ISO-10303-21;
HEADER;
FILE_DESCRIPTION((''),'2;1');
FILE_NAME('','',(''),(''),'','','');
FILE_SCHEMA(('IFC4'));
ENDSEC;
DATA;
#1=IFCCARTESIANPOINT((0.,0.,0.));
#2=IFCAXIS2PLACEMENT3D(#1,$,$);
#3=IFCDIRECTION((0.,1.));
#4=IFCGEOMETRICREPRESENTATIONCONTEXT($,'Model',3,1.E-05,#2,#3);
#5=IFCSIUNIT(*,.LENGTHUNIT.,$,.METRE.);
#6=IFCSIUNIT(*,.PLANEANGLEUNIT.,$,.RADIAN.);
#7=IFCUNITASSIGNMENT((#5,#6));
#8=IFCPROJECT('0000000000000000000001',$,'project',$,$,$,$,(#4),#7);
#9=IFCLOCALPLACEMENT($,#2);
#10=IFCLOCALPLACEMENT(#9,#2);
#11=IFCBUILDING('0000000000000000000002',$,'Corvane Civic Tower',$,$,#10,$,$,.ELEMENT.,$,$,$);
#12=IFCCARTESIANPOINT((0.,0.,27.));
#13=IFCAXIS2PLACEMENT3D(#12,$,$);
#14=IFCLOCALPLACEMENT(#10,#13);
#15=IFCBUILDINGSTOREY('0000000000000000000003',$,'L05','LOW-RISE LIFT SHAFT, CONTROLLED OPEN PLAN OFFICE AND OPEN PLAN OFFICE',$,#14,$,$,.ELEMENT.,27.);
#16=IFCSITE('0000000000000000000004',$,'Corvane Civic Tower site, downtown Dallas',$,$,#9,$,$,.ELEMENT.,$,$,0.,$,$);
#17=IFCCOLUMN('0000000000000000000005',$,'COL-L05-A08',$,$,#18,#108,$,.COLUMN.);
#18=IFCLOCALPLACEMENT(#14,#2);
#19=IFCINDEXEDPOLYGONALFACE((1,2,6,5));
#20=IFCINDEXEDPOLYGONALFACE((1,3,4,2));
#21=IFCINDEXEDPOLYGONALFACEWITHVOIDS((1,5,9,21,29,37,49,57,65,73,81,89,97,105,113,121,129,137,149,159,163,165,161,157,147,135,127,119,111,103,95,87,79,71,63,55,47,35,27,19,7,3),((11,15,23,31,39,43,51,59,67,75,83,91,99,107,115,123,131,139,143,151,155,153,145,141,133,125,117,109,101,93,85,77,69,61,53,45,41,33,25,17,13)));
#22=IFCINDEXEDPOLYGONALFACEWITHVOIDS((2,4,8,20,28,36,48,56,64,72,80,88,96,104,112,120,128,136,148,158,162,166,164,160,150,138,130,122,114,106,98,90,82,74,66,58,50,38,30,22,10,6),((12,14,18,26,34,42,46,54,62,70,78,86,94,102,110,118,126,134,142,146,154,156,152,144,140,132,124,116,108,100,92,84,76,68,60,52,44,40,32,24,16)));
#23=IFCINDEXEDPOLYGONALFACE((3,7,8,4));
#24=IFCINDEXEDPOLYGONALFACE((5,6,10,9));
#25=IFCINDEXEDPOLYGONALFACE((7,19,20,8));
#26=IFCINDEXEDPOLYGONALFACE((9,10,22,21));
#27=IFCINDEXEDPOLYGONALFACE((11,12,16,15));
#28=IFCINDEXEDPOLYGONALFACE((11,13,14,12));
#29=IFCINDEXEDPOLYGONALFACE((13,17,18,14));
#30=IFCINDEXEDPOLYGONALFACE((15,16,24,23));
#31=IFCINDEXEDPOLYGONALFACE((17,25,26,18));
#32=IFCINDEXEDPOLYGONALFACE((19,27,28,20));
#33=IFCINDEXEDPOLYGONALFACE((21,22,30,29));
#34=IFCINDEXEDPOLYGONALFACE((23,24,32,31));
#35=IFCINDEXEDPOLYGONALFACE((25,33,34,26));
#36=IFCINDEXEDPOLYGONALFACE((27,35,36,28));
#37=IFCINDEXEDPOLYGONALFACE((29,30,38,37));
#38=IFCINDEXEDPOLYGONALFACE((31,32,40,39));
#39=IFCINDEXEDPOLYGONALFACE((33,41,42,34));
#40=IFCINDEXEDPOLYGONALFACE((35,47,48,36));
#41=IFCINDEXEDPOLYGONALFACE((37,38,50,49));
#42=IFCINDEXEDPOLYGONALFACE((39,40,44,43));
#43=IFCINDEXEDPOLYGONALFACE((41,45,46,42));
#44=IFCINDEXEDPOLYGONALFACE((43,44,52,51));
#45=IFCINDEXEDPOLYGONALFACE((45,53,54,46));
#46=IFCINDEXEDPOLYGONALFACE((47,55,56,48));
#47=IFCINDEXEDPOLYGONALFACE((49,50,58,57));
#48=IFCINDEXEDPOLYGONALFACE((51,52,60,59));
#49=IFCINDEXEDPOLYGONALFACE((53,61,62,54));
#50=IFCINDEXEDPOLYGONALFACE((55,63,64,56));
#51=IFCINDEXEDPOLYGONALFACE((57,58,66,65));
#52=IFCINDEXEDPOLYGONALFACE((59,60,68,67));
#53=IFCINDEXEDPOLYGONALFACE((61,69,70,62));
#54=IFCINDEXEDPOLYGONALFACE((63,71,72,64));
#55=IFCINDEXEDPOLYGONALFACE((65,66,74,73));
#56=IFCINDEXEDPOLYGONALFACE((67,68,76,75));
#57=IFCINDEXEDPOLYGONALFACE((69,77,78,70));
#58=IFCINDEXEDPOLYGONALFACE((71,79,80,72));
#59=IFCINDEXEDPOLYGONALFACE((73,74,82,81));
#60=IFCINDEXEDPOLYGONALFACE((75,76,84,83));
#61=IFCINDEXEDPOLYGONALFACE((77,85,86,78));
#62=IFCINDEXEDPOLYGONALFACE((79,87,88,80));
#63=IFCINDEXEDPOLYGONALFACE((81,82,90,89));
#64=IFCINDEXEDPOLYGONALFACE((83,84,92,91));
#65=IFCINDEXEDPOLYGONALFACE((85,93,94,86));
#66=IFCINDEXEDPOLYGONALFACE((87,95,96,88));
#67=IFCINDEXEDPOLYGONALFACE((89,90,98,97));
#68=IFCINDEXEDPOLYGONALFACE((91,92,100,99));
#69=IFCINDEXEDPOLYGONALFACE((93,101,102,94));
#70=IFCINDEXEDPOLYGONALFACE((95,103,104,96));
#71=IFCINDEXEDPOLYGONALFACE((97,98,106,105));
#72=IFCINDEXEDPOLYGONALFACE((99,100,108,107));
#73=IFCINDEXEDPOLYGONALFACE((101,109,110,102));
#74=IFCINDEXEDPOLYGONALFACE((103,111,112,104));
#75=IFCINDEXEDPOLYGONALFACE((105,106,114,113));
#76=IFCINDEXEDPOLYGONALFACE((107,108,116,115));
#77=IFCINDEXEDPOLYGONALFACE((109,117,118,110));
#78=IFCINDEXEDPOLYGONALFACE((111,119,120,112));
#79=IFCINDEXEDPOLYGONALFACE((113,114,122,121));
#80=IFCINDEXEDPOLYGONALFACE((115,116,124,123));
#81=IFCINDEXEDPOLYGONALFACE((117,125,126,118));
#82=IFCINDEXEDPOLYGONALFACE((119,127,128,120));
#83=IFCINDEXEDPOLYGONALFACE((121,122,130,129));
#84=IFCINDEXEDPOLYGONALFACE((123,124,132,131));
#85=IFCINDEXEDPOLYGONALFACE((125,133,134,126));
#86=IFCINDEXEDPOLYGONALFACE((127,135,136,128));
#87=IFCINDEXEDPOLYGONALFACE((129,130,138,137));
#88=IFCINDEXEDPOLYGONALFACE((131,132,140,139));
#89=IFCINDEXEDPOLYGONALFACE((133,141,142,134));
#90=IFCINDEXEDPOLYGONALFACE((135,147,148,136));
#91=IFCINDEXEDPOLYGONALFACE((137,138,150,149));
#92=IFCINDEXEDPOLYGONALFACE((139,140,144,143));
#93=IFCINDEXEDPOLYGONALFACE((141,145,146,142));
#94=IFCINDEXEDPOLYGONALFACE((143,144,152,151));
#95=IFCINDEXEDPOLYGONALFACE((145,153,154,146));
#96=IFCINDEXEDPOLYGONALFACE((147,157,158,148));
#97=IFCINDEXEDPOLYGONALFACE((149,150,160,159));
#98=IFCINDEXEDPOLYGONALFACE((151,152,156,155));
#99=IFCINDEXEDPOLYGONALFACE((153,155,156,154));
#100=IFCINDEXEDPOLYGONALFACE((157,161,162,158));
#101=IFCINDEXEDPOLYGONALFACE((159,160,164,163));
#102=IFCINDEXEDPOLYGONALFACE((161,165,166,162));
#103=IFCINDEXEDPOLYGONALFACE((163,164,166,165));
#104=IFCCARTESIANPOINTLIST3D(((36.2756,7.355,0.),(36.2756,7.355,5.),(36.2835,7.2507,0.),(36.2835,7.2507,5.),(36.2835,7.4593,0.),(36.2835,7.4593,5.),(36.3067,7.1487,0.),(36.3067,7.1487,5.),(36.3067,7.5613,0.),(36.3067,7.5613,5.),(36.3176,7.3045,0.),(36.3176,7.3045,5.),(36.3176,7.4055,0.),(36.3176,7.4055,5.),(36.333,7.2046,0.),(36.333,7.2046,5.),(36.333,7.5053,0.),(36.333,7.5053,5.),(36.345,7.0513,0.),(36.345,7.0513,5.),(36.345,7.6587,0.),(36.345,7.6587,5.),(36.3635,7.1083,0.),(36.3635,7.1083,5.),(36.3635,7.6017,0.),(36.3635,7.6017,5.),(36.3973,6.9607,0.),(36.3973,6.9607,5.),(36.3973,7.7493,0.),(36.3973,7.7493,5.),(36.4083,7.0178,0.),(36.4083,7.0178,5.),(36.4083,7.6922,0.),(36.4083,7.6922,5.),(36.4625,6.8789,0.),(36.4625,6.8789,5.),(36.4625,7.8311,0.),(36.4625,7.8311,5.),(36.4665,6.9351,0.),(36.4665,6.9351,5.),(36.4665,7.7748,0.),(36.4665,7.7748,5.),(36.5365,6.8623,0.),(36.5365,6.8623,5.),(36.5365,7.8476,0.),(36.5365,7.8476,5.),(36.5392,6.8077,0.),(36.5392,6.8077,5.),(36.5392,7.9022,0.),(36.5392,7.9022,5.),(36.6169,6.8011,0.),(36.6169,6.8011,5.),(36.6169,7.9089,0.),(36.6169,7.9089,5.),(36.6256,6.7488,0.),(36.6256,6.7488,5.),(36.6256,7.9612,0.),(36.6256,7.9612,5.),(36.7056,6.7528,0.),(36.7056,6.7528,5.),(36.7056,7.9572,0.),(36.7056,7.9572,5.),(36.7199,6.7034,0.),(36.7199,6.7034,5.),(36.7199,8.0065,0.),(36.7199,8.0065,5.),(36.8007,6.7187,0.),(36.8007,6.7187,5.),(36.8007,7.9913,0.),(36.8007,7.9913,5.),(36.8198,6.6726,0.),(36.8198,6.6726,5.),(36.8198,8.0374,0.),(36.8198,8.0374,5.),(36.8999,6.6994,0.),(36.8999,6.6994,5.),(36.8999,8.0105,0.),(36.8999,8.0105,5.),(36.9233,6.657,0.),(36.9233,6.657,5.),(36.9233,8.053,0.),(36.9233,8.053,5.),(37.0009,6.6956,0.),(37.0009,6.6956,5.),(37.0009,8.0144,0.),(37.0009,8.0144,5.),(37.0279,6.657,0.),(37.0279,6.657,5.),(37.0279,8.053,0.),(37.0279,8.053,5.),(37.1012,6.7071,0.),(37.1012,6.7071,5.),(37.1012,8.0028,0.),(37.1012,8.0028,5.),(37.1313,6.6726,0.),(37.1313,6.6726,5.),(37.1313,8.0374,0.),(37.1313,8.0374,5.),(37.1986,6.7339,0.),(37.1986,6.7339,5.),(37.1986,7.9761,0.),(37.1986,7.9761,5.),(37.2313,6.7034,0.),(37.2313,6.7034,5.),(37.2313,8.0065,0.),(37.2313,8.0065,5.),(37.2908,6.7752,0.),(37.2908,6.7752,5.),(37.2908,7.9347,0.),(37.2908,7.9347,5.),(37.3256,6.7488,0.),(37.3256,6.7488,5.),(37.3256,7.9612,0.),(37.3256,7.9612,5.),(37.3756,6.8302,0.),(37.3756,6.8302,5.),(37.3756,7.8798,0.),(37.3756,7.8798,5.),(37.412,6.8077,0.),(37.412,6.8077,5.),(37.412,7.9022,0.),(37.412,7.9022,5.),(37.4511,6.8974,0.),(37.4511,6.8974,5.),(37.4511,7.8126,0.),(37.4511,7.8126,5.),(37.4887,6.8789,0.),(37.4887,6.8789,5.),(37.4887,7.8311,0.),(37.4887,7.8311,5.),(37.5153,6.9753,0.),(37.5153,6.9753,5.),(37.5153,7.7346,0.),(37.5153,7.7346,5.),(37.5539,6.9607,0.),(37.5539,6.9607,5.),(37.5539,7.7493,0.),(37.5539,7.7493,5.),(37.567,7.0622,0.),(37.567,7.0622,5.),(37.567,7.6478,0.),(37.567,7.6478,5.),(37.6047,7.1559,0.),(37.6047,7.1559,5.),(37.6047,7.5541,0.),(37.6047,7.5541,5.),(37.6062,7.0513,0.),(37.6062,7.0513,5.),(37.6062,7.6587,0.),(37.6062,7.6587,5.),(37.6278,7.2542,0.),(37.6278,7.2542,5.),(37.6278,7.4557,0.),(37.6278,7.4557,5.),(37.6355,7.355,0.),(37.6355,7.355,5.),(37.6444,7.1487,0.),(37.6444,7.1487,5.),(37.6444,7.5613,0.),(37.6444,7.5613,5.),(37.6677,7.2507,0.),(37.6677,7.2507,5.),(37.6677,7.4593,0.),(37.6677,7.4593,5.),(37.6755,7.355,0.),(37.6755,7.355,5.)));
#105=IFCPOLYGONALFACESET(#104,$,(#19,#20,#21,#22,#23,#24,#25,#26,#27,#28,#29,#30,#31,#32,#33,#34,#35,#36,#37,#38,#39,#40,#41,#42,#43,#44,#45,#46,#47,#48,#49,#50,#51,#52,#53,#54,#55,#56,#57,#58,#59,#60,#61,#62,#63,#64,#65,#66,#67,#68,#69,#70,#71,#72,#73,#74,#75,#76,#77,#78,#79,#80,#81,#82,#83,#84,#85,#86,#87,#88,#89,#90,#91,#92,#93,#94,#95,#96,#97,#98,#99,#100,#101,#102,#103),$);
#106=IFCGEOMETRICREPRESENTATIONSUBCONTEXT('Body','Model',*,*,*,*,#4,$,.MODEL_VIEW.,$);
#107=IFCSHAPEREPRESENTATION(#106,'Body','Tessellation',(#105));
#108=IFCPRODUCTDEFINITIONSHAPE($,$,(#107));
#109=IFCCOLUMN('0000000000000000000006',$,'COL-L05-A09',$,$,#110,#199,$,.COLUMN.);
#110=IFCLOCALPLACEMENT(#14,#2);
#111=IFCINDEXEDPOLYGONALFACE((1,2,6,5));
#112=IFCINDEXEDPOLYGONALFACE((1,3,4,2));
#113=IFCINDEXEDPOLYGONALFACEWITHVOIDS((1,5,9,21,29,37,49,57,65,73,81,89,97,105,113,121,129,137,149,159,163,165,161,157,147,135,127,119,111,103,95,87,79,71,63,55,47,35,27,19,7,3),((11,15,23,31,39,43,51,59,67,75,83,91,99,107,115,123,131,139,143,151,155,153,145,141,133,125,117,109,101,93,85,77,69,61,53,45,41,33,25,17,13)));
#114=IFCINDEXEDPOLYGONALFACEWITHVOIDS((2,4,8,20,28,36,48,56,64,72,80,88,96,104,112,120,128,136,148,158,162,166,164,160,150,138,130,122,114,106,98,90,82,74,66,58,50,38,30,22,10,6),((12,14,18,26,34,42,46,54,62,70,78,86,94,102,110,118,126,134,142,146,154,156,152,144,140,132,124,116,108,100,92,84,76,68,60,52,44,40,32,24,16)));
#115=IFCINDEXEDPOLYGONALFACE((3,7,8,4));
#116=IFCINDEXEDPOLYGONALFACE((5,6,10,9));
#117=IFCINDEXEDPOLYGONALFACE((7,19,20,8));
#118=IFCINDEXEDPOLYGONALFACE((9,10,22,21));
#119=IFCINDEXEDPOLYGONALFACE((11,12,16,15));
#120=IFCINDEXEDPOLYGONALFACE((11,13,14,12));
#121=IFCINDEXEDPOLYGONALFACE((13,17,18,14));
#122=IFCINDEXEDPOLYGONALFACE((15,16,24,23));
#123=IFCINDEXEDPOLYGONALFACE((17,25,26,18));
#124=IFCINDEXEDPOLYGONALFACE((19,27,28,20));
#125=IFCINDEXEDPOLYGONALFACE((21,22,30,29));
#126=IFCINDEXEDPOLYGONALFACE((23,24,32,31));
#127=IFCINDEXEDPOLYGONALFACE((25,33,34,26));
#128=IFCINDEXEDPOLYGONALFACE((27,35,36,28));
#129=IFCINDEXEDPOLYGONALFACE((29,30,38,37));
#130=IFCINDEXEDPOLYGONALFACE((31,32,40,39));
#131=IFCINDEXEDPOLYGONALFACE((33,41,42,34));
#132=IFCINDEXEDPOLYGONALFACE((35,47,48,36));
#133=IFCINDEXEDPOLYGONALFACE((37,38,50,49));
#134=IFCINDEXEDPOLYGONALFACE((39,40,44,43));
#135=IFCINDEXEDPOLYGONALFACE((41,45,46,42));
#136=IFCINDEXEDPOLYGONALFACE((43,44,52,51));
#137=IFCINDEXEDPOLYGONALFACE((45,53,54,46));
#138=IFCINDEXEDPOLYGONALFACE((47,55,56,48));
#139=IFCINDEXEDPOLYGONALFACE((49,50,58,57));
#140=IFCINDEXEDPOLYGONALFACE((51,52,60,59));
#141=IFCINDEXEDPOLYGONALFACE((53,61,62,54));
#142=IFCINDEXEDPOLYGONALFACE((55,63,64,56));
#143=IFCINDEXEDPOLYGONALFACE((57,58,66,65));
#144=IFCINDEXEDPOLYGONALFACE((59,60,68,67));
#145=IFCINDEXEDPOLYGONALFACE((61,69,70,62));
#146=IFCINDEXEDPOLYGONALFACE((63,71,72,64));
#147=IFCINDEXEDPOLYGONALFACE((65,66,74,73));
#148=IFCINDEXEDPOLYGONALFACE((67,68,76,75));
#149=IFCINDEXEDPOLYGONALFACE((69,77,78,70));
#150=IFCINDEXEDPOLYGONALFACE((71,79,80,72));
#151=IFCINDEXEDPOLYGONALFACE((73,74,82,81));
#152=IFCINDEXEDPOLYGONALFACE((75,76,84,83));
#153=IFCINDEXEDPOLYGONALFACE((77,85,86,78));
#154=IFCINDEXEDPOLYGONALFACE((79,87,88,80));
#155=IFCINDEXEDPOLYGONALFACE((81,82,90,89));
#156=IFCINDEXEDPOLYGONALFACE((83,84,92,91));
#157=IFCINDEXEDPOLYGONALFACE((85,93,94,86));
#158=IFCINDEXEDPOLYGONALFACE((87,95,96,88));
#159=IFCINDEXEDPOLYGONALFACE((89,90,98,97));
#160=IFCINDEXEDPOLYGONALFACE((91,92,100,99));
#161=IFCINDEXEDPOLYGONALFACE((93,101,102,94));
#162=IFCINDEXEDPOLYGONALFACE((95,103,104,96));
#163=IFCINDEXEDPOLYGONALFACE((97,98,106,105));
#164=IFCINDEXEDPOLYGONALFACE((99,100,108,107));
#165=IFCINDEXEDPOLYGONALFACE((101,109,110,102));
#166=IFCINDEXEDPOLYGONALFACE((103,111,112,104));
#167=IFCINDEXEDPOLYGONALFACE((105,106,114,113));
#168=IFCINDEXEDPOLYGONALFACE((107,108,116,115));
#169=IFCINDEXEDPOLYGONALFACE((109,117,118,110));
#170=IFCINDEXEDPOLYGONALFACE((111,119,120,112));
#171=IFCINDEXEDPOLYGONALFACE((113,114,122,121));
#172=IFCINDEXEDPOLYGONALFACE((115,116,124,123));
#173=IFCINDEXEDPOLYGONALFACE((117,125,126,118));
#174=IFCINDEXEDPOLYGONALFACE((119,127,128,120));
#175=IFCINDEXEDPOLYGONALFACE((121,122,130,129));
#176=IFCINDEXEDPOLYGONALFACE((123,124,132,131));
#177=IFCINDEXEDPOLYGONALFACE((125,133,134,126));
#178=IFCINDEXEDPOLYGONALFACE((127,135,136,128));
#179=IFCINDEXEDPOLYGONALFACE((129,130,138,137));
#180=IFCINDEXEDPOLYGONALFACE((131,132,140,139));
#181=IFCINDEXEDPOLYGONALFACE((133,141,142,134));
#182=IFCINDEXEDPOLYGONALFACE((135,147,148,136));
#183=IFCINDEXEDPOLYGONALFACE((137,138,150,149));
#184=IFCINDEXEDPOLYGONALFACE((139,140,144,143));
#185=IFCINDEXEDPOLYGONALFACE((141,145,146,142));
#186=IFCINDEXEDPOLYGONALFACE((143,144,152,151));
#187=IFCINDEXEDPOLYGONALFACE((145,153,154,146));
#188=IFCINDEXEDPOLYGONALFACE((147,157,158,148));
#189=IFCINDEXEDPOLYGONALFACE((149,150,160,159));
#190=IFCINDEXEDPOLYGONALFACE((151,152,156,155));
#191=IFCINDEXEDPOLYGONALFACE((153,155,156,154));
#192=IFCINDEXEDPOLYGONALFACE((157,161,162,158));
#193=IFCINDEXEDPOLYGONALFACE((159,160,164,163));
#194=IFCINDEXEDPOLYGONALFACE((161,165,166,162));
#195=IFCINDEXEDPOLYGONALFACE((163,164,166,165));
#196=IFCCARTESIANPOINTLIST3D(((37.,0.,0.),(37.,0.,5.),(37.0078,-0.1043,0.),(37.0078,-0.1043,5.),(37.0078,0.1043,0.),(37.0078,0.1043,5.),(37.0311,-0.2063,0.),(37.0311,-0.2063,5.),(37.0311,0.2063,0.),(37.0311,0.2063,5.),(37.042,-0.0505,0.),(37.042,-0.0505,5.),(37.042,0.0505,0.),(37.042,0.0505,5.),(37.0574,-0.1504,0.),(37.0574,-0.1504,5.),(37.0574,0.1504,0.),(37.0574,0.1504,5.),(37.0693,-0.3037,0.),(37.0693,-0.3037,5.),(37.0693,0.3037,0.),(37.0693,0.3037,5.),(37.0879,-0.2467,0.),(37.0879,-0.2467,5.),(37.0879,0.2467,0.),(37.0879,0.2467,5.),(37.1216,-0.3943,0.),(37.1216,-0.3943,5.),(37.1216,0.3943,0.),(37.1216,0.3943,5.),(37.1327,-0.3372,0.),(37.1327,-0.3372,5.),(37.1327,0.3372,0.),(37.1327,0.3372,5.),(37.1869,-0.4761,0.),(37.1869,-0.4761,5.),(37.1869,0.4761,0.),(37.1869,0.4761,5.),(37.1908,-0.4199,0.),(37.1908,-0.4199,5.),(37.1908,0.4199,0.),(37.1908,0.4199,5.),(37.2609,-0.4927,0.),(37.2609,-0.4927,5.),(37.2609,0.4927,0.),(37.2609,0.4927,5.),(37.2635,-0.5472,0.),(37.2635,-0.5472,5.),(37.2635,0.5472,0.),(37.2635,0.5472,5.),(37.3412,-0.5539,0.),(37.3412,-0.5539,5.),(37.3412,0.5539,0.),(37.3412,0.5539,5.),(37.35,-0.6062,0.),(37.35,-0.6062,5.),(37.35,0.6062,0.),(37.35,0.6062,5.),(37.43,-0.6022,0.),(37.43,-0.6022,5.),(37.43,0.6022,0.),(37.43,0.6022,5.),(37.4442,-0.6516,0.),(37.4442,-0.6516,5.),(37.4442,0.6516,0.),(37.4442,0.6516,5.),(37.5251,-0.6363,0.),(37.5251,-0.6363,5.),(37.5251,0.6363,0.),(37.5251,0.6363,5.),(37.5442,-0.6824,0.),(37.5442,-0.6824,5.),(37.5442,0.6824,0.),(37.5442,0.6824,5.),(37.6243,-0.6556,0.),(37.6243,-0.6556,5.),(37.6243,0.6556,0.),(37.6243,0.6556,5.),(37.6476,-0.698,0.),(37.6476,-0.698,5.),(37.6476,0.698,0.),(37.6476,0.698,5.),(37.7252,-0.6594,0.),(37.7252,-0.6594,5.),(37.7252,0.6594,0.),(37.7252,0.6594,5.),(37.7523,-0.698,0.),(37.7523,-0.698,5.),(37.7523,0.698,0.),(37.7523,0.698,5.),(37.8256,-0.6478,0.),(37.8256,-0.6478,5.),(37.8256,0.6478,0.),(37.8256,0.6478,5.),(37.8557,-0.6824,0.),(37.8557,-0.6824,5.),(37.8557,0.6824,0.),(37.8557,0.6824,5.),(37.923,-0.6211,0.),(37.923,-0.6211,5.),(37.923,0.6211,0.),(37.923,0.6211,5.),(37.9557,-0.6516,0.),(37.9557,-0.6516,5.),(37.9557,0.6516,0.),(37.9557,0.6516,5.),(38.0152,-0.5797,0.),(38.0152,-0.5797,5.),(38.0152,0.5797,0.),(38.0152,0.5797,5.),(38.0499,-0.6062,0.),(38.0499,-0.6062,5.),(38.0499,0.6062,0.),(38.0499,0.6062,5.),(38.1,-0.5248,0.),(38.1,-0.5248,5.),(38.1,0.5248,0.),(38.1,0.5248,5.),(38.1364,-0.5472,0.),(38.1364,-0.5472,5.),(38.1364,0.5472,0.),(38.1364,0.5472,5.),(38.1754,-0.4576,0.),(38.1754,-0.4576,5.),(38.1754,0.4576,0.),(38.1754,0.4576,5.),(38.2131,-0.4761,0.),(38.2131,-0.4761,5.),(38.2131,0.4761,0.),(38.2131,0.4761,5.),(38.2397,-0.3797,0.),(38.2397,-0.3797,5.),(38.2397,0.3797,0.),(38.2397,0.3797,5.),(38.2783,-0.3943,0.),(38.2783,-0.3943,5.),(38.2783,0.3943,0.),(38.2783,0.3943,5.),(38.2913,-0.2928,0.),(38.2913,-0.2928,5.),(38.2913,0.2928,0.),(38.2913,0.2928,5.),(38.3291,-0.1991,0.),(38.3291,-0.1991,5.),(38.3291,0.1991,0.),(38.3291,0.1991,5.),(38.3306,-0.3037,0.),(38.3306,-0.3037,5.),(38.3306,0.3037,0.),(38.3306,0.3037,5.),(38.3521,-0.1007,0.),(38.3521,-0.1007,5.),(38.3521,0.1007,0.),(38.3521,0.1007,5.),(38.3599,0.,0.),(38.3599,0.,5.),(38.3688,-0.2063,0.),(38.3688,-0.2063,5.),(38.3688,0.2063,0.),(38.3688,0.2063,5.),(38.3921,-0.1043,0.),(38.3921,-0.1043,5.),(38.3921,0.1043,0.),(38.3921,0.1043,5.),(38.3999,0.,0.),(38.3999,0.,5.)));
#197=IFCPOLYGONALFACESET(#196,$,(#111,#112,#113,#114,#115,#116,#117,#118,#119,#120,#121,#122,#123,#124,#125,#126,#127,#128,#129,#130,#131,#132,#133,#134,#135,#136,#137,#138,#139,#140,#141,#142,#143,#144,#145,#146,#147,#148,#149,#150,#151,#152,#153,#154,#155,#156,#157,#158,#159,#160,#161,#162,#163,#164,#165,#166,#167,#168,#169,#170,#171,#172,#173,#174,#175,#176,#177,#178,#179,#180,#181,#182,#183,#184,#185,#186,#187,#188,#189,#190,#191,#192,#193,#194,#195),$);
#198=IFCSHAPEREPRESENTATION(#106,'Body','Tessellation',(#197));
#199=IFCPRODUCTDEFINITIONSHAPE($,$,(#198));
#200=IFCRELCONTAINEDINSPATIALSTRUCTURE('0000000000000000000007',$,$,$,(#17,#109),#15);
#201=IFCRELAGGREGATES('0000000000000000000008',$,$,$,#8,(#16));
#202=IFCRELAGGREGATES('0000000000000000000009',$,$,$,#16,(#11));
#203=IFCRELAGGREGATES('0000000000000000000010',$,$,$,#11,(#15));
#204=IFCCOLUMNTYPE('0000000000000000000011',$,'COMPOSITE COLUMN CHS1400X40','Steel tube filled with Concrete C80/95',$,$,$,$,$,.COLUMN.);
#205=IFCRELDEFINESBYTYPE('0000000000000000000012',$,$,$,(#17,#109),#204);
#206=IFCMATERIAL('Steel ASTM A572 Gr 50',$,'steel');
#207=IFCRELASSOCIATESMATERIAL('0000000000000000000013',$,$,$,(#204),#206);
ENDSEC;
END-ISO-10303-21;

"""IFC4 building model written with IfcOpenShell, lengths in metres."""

from ifc_helpers import new_model, si_unit, direction, frame, origin, origin_2d, place, context, subcontext, project, spatial, hollow_circle, extrude, material, material_profile, profile_set, type_object, element, save


model = new_model("IFC4")

# Units and contexts
model_context = context("Model", 3, precision=1e-05, world=origin(), true_north=direction((0.0, 1.0)))
body_context = subcontext(model_context, "Body", "Model", "MODEL_VIEW")
ifc_project = project(units=[si_unit("LENGTHUNIT", "METRE"), si_unit("PLANEANGLEUNIT", "RADIAN")], contexts=[model_context])

# Site, building, storey
site_placement = place(None, origin())
site = spatial("IfcSite", under=ifc_project, at=site_placement, Name="Corvane Civic Tower site, downtown Dallas", CompositionType="ELEMENT", RefElevation=0.0)
building_placement = place(site_placement, origin())
building = spatial("IfcBuilding", under=site, at=building_placement, Name="Corvane Civic Tower", CompositionType="ELEMENT")
storey_placement = place(building_placement, frame((0.0, 0.0, 27.0)))
storey = spatial("IfcBuildingStorey", under=building, at=storey_placement, Name="L05", Description="LOW-RISE LIFT SHAFT, CONTROLLED OPEN PLAN OFFICE AND OPEN PLAN OFFICE", CompositionType="ELEMENT", Elevation=27.0)

# Columns
ifc_material_1 = material(Name="Steel ASTM A572 Gr 50", Category="steel")
ifc_material_profile_1 = material_profile(ifc_material_1, hollow_circle(Radius=0.7, WallThickness=0.04, at=origin_2d()), Name="CHS1400X40")
ifc_profile_set_1 = profile_set([ifc_material_profile_1], Name="Steel ASTM A572 Gr 50")
column_type_1 = type_object("IfcColumnType", Name="COMPOSITE COLUMN CHS1400X40", Description="Steel tube filled with Concrete C80/95", PredefinedType="COLUMN", material=ifc_profile_set_1)
for number, where, z_axis, x_axis, name in (
    (1, (36.9756, 7.355, 0.0), (0.0, 0.0, 1.0), (1.0, 0.0, 0.0), "COL-L05-A08"),
    (2, (37.7, 0.0, 0.0), (0.0, 0.0, 1.0), (1.0, 0.0, 0.0), "COL-L05-A09"),
):
    element("IfcColumn", number, at=place(storey_placement, frame(where, z_axis=z_axis, x_axis=x_axis)), inside=storey, type_object=column_type_1, Name=name, PredefinedType="COLUMN", context=body_context, shape_type="SweptSolid", body=[
        extrude(hollow_circle(Radius=0.7, WallThickness=0.04, at=origin_2d()), origin(), (0.0, 0.0, 1.0), 5.0),
    ])

save(model, "model.ifc")
